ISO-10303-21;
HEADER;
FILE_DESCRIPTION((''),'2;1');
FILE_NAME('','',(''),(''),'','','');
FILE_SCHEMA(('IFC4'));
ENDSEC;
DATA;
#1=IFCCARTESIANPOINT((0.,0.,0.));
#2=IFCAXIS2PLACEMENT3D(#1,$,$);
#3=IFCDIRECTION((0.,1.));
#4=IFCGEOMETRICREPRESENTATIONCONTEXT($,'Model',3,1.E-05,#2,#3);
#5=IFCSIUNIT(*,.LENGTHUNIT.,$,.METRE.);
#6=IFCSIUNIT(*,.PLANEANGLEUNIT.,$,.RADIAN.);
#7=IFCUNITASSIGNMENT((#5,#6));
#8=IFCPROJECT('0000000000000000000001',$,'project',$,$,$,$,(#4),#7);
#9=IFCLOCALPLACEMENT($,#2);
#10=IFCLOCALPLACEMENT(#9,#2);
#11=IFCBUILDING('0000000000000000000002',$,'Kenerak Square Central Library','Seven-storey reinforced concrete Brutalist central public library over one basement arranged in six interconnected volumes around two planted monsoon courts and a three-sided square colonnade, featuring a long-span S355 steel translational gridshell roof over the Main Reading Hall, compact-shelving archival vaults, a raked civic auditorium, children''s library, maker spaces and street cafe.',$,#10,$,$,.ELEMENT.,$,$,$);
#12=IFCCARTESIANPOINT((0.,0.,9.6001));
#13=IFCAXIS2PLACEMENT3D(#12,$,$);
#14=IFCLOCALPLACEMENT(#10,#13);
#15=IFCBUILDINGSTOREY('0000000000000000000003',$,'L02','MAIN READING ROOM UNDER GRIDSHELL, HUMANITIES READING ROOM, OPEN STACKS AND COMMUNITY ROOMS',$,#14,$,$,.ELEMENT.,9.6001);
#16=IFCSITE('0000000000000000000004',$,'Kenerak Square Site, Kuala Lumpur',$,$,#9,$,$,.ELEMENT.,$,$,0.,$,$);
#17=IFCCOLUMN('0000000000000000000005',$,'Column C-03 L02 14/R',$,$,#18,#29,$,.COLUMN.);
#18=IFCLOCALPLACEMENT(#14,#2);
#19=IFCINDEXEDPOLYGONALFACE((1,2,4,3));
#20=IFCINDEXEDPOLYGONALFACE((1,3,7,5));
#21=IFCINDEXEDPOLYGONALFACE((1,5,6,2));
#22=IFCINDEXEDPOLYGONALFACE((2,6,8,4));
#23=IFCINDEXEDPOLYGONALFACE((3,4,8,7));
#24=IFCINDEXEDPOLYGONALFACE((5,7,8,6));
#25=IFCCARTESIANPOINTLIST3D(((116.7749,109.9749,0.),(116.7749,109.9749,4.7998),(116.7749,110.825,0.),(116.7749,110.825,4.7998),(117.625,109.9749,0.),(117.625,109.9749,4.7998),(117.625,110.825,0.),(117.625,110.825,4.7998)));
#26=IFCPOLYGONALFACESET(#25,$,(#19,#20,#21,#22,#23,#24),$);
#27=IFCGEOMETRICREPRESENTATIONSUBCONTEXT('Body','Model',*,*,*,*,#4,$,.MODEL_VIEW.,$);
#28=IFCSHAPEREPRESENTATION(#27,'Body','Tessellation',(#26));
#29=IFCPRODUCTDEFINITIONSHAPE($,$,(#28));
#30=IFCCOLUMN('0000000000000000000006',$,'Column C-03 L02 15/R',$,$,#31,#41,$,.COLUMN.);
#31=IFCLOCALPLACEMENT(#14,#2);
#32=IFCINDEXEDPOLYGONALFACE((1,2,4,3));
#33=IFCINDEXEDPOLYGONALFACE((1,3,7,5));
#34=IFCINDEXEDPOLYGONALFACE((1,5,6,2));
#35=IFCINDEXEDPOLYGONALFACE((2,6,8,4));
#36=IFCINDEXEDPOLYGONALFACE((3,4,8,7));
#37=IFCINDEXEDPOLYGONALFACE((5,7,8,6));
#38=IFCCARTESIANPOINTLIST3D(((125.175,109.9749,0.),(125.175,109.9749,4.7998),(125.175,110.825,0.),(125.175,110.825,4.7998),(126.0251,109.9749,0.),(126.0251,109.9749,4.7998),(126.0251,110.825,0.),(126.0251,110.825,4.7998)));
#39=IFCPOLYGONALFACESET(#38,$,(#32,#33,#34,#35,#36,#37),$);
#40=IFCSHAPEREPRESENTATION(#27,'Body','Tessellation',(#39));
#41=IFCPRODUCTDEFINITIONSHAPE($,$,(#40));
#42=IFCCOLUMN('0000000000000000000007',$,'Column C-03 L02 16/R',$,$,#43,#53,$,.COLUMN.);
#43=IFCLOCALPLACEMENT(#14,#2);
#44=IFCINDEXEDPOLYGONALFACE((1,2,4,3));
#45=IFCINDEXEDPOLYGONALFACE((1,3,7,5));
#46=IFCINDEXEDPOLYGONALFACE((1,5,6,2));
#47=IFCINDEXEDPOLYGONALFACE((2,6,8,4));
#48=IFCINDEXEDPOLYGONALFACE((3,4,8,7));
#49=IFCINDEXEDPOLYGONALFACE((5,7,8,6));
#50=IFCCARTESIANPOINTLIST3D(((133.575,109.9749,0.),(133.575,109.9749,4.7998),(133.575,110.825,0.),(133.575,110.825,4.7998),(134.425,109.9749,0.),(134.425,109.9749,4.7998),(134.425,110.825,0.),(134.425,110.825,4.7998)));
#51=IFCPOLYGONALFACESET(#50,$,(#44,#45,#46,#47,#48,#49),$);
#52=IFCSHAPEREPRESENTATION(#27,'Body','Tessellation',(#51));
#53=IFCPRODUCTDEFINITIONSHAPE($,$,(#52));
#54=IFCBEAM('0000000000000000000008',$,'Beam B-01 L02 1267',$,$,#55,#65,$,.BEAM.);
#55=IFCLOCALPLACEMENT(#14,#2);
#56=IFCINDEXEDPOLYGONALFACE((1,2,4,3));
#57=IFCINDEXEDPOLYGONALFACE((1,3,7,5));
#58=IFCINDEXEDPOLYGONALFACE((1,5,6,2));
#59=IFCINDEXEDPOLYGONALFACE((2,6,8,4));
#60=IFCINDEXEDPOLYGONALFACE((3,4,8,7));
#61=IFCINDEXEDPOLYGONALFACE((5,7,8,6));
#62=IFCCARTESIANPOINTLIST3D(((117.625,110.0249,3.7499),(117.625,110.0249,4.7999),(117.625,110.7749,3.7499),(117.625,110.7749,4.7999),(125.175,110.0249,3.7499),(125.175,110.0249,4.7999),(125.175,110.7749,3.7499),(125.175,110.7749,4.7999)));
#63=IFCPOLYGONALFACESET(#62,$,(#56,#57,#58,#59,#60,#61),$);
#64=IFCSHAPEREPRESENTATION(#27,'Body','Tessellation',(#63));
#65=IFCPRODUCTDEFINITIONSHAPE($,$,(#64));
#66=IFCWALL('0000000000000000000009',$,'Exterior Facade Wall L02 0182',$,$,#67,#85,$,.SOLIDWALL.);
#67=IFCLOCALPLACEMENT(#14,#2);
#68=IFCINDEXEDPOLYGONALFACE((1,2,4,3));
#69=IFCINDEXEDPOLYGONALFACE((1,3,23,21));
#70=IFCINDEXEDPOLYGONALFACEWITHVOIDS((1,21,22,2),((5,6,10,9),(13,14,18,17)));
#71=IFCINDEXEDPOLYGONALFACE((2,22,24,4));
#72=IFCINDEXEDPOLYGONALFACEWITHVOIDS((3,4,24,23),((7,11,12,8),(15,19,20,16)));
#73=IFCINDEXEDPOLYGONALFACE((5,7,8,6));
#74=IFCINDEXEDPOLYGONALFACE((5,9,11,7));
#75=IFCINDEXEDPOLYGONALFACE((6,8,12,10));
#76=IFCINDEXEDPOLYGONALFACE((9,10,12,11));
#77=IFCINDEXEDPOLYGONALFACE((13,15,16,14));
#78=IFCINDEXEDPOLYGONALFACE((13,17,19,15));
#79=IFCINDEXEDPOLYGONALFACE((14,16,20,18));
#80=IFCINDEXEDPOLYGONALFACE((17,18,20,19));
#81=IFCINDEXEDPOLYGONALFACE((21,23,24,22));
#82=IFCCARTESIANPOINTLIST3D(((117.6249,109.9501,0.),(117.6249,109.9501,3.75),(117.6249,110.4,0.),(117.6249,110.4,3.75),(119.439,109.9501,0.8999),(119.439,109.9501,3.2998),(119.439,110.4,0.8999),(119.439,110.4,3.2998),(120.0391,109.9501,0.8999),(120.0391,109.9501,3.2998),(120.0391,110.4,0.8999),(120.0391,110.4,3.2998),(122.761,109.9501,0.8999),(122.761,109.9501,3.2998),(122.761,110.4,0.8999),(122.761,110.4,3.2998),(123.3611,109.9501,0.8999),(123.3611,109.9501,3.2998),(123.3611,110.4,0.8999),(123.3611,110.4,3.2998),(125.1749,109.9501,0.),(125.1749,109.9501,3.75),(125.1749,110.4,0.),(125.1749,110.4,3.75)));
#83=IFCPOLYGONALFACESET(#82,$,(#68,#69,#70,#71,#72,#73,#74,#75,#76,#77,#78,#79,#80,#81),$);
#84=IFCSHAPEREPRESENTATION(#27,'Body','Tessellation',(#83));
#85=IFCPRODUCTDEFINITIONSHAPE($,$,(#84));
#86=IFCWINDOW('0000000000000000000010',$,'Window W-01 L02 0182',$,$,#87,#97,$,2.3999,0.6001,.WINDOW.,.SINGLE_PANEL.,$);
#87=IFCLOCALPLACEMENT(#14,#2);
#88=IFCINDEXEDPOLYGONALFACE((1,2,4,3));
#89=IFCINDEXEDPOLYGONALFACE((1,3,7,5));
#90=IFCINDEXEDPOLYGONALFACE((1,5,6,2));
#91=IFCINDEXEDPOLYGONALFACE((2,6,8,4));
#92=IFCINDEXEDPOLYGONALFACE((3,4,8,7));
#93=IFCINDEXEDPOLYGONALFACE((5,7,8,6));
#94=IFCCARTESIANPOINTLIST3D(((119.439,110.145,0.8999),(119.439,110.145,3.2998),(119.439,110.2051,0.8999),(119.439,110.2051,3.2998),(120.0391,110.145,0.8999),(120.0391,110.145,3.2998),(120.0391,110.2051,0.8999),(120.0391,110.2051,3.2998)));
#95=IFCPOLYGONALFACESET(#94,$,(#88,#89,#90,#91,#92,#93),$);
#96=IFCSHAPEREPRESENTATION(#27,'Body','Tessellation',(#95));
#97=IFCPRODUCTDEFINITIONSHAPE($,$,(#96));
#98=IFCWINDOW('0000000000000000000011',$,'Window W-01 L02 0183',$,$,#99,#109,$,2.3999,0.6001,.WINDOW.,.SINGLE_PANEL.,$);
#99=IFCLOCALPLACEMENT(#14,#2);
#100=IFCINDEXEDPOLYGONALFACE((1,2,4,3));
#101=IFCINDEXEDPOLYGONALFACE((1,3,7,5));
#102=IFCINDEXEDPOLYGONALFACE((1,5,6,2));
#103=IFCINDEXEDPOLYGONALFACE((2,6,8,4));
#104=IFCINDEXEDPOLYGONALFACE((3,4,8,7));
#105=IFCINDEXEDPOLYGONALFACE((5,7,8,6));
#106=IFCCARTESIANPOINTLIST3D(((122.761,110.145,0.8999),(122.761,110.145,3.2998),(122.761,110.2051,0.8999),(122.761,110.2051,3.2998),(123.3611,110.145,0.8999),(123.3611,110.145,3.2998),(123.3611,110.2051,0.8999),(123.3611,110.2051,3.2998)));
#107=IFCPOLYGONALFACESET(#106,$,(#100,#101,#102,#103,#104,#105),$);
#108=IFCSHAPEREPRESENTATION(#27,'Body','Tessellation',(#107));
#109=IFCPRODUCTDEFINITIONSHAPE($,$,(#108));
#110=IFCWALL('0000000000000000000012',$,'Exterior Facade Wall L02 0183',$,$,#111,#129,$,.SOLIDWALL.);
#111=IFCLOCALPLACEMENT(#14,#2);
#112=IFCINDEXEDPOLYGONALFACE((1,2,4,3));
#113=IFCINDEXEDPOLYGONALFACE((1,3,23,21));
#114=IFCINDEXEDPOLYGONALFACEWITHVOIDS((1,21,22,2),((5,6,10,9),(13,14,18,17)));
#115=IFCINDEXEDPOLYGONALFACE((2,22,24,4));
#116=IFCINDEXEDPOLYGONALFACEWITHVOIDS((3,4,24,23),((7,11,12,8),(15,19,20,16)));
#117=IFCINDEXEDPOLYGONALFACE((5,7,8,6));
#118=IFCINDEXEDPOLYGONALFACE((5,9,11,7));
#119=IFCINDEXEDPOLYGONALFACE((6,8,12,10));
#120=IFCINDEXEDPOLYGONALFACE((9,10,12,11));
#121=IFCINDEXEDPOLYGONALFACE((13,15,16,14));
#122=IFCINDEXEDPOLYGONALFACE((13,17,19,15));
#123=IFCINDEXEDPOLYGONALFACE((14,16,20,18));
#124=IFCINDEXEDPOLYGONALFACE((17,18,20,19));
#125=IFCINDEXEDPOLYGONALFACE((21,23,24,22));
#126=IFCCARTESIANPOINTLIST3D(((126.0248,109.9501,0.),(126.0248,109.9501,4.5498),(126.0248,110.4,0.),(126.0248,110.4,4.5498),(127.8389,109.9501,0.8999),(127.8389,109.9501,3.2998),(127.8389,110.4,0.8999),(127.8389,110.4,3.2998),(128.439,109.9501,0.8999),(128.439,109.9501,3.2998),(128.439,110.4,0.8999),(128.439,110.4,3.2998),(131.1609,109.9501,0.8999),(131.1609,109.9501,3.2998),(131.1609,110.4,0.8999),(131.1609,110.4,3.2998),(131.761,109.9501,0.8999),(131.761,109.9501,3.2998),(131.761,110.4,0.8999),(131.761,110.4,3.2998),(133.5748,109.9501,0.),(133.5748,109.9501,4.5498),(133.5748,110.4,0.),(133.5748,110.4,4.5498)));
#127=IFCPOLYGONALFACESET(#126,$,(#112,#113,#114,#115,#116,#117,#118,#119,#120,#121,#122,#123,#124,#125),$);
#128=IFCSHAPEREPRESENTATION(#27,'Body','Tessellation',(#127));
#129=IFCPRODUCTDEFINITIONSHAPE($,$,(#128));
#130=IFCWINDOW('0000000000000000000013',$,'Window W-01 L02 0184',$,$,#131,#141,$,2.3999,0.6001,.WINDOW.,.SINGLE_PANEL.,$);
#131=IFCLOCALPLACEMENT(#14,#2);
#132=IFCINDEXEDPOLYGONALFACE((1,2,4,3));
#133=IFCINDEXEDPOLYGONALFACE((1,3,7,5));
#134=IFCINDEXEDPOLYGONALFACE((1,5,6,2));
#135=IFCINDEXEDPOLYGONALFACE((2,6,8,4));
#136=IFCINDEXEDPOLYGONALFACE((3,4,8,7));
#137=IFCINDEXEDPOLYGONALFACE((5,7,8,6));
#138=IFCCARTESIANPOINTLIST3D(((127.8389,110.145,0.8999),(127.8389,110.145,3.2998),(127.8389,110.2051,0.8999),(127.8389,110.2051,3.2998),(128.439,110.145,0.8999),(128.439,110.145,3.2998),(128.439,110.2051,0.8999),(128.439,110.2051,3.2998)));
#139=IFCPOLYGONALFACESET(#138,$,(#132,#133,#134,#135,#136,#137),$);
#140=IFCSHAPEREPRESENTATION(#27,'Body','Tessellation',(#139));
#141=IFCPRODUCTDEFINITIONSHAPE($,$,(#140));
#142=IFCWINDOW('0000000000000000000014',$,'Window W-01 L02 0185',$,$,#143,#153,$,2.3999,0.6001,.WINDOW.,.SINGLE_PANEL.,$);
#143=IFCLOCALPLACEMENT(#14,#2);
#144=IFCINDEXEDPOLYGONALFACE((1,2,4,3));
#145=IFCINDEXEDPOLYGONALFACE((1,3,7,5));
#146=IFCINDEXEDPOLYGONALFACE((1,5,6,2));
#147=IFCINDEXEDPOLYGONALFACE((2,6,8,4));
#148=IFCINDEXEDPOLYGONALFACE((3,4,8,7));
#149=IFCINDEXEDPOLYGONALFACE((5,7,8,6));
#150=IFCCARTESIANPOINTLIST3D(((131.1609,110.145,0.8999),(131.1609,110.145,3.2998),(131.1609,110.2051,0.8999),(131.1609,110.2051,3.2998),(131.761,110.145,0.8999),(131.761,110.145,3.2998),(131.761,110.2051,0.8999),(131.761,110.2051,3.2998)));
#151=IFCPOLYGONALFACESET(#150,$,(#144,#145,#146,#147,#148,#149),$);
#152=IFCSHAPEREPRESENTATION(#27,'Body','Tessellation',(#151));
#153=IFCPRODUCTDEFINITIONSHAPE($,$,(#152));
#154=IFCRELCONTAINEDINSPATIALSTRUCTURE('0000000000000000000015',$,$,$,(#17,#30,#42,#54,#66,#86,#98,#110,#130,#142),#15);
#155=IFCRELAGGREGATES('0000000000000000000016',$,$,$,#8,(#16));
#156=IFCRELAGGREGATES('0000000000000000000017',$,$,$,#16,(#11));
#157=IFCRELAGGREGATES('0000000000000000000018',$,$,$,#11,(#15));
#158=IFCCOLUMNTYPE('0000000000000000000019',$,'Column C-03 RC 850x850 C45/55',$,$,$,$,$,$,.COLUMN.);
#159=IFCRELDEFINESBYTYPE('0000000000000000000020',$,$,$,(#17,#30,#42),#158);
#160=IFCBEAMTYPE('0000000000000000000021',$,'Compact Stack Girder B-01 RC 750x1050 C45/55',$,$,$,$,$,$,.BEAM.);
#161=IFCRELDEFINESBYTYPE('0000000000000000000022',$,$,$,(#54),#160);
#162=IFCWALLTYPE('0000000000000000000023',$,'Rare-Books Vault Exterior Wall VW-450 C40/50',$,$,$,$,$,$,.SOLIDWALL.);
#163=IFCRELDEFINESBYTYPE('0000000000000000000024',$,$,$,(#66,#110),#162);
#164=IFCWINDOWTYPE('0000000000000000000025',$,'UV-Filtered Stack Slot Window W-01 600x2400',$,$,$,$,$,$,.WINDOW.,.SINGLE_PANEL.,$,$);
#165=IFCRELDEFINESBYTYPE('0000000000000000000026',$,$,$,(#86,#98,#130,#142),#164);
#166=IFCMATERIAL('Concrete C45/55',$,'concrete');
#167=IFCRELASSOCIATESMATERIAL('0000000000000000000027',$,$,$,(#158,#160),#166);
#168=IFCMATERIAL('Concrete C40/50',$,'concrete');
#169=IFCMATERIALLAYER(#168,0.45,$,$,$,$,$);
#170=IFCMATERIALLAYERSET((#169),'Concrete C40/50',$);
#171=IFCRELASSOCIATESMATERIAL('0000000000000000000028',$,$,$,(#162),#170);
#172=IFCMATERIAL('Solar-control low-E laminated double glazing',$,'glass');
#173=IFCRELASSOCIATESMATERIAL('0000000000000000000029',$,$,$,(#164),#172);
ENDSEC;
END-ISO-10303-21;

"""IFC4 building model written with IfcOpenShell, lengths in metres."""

from ifc_helpers import new_model, si_unit, direction, frame, frame_2d, origin, origin_2d, place, context, subcontext, project, spatial, rectangle, extrude, material, layer, layer_set, material_profile, profile_set, type_object, element, fill, save


model = new_model("IFC4")

# Units and contexts
model_context = context("Model", 3, precision=1e-05, world=origin(), true_north=direction((0.0, 1.0)))
body_context = subcontext(model_context, "Body", "Model", "MODEL_VIEW")
ifc_project = project(units=[si_unit("LENGTHUNIT", "METRE"), si_unit("PLANEANGLEUNIT", "RADIAN")], contexts=[model_context])

# Site, building, storey
site_placement = place(None, origin())
site = spatial("IfcSite", under=ifc_project, at=site_placement, Name="Kenerak Square Site, Kuala Lumpur", CompositionType="ELEMENT", RefElevation=0.0)
building_placement = place(site_placement, origin())
building = spatial("IfcBuilding", under=site, at=building_placement, Name="Kenerak Square Central Library", Description="Seven-storey reinforced concrete Brutalist central public library over one basement arranged in six interconnected volumes around two planted monsoon courts and a three-sided square colonnade, featuring a long-span S355 steel translational gridshell roof over the Main Reading Hall, compact-shelving archival vaults, a raked civic auditorium, children's library, maker spaces and street cafe.", CompositionType="ELEMENT")
storey_placement = place(building_placement, frame((0.0, 0.0, 9.6001)))
storey = spatial("IfcBuildingStorey", under=building, at=storey_placement, Name="L02", Description="MAIN READING ROOM UNDER GRIDSHELL, HUMANITIES READING ROOM, OPEN STACKS AND COMMUNITY ROOMS", CompositionType="ELEMENT", Elevation=9.6001)

# Columns
ifc_material_1 = material(Name="Concrete C45/55", Category="concrete")
ifc_material_profile_1 = material_profile(ifc_material_1, rectangle(XDim=0.8501, YDim=0.8501, at=origin_2d()), Name="RC 850x850")
ifc_profile_set_1 = profile_set([ifc_material_profile_1], Name="Concrete C45/55")
column_type = type_object("IfcColumnType", Name="Column C-03 RC 850x850 C45/55", PredefinedType="COLUMN", material=ifc_profile_set_1)
for number, where, z_axis, x_axis, name in (
    (1, (117.2, 110.3999, 0.0), (0.0, 0.0, 1.0), (1.0, 0.0, 0.0), "Column C-03 L02 14/R"),
    (2, (125.6001, 110.3999, 0.0), (0.0, 0.0, 1.0), (1.0, 0.0, 0.0), "Column C-03 L02 15/R"),
    (3, (134.0, 110.3999, 0.0), (0.0, 0.0, 1.0), (1.0, 0.0, 0.0), "Column C-03 L02 16/R"),
):
    element("IfcColumn", number, at=place(storey_placement, frame(where, z_axis=z_axis, x_axis=x_axis)), inside=storey, type_object=column_type, Name=name, PredefinedType="COLUMN", context=body_context, shape_type="SweptSolid", body=[
        extrude(rectangle(XDim=0.8501, YDim=0.8501, at=origin_2d()), origin(), (0.0, 0.0, 1.0), 4.7998),
    ])

# Beam
ifc_material_profile_2 = material_profile(ifc_material_1, rectangle(XDim=0.75, YDim=1.05, at=origin_2d()), Name="RC 750x1050")
ifc_profile_set_2 = profile_set([ifc_material_profile_2], Name="Concrete C45/55")
beam_type = type_object("IfcBeamType", Name="Compact Stack Girder B-01 RC 750x1050 C45/55", PredefinedType="BEAM", material=ifc_profile_set_2)
beam_placement = place(storey_placement, frame((117.625, 110.3999, 4.2749), z_axis=(1.0, 0.0, 0.0), x_axis=(0.0, 1.0, 0.0)))
element("IfcBeam", 4, at=beam_placement, inside=storey, type_object=beam_type, Name="Beam B-01 L02 1267", PredefinedType="BEAM", context=body_context, shape_type="SweptSolid", body=[
    extrude(rectangle(XDim=0.75, YDim=1.05, at=origin_2d()), origin(), (0.0, 0.0, 1.0), 7.55),
])

# Walls, openings, windows
ifc_material_2 = material(Name="Concrete C40/50", Category="concrete")
ifc_layer = layer(ifc_material_2, 0.45)
ifc_layer_set = layer_set([ifc_layer], Name="Concrete C40/50")
wall_type = type_object("IfcWallType", Name="Rare-Books Vault Exterior Wall VW-450 C40/50", PredefinedType="SOLIDWALL", material=ifc_layer_set)
wall_1_placement = place(storey_placement, frame((117.625, 110.175, 0.0), z_axis=(0.0, 0.0, 1.0), x_axis=(1.0, 0.0, 0.0)))
wall_1 = element("IfcWall", 5, at=wall_1_placement, inside=storey, type_object=wall_type, Name="Exterior Facade Wall L02 0182", PredefinedType="SOLIDWALL", context=body_context, shape_type="SweptSolid", body=[
    extrude(rectangle(XDim=7.55, YDim=0.45, at=frame_2d((3.7749, 0.0))), origin(), (0.0, 0.0, 1.0), 3.75),
])
opening_1_placement = place(wall_1_placement, frame((1.814, 0.0, 0.8999)))
opening_1 = element("IfcOpeningElement", 6, at=opening_1_placement, cuts=wall_1, PredefinedType="OPENING", context=body_context, shape_type="SweptSolid", body=[
    extrude(rectangle(XDim=0.6001, YDim=2.3999, at=frame_2d((0.3, 1.2))), frame((0.0, 0.2349, 0.0), z_axis=(0.0, -1.0, 0.0), x_axis=(1.0, 0.0, 0.0)), (0.0, 0.0, 1.0), 0.47),
])
opening_2_placement = place(wall_1_placement, frame((5.136, 0.0, 0.8999)))
opening_2 = element("IfcOpeningElement", 7, at=opening_2_placement, cuts=wall_1, PredefinedType="OPENING", context=body_context, shape_type="SweptSolid", body=[
    extrude(rectangle(XDim=0.6001, YDim=2.3999, at=frame_2d((0.3, 1.2))), frame((0.0, 0.2349, 0.0), z_axis=(0.0, -1.0, 0.0), x_axis=(1.0, 0.0, 0.0)), (0.0, 0.0, 1.0), 0.47),
])
ifc_material_3 = material(Name="Solar-control low-E laminated double glazing", Category="glass")
window_type = type_object("IfcWindowType", Name="UV-Filtered Stack Slot Window W-01 600x2400", PartitioningType="SINGLE_PANEL", PredefinedType="WINDOW", material=ifc_material_3)
window_1_placement = place(opening_1_placement, origin())
window_1 = element("IfcWindow", 8, at=window_1_placement, inside=storey, type_object=window_type, Name="Window W-01 L02 0182", OverallHeight=2.3999, OverallWidth=0.6001, PartitioningType="SINGLE_PANEL", PredefinedType="WINDOW", context=body_context, shape_type="SweptSolid", body=[
    extrude(rectangle(XDim=0.6001, YDim=2.3999, at=frame_2d((0.3, 1.2))), frame((0.0, 0.03, 0.0), z_axis=(0.0, -1.0, 0.0), x_axis=(1.0, 0.0, 0.0)), (0.0, 0.0, 1.0), 0.0601),
])
fill(opening_1, window_1)
window_2_placement = place(opening_2_placement, origin())
window_2 = element("IfcWindow", 9, at=window_2_placement, inside=storey, type_object=window_type, Name="Window W-01 L02 0183", OverallHeight=2.3999, OverallWidth=0.6001, PartitioningType="SINGLE_PANEL", PredefinedType="WINDOW", context=body_context, shape_type="SweptSolid", body=[
    extrude(rectangle(XDim=0.6001, YDim=2.3999, at=frame_2d((0.3, 1.2))), frame((0.0, 0.03, 0.0), z_axis=(0.0, -1.0, 0.0), x_axis=(1.0, 0.0, 0.0)), (0.0, 0.0, 1.0), 0.0601),
])
fill(opening_2, window_2)
wall_2_placement = place(storey_placement, frame((126.0249, 110.175, 0.0), z_axis=(0.0, 0.0, 1.0), x_axis=(1.0, 0.0, 0.0)))
wall_2 = element("IfcWall", 10, at=wall_2_placement, inside=storey, type_object=wall_type, Name="Exterior Facade Wall L02 0183", PredefinedType="SOLIDWALL", context=body_context, shape_type="SweptSolid", body=[
    extrude(rectangle(XDim=7.55, YDim=0.45, at=frame_2d((3.7749, 0.0))), origin(), (0.0, 0.0, 1.0), 4.5498),
])
opening_3_placement = place(wall_2_placement, frame((1.814, 0.0, 0.8999)))
opening_3 = element("IfcOpeningElement", 11, at=opening_3_placement, cuts=wall_2, PredefinedType="OPENING", context=body_context, shape_type="SweptSolid", body=[
    extrude(rectangle(XDim=0.6001, YDim=2.3999, at=frame_2d((0.3, 1.2))), frame((0.0, 0.2349, 0.0), z_axis=(0.0, -1.0, 0.0), x_axis=(1.0, 0.0, 0.0)), (0.0, 0.0, 1.0), 0.47),
])
opening_4_placement = place(wall_2_placement, frame((5.136, 0.0, 0.8999)))
opening_4 = element("IfcOpeningElement", 12, at=opening_4_placement, cuts=wall_2, PredefinedType="OPENING", context=body_context, shape_type="SweptSolid", body=[
    extrude(rectangle(XDim=0.6001, YDim=2.3999, at=frame_2d((0.3, 1.2))), frame((0.0, 0.2349, 0.0), z_axis=(0.0, -1.0, 0.0), x_axis=(1.0, 0.0, 0.0)), (0.0, 0.0, 1.0), 0.47),
])
window_3_placement = place(opening_3_placement, origin())
window_3 = element("IfcWindow", 13, at=window_3_placement, inside=storey, type_object=window_type, Name="Window W-01 L02 0184", OverallHeight=2.3999, OverallWidth=0.6001, PartitioningType="SINGLE_PANEL", PredefinedType="WINDOW", context=body_context, shape_type="SweptSolid", body=[
    extrude(rectangle(XDim=0.6001, YDim=2.3999, at=frame_2d((0.3, 1.2))), frame((0.0, 0.03, 0.0), z_axis=(0.0, -1.0, 0.0), x_axis=(1.0, 0.0, 0.0)), (0.0, 0.0, 1.0), 0.0601),
])
fill(opening_3, window_3)
window_4_placement = place(opening_4_placement, origin())
window_4 = element("IfcWindow", 14, at=window_4_placement, inside=storey, type_object=window_type, Name="Window W-01 L02 0185", OverallHeight=2.3999, OverallWidth=0.6001, PartitioningType="SINGLE_PANEL", PredefinedType="WINDOW", context=body_context, shape_type="SweptSolid", body=[
    extrude(rectangle(XDim=0.6001, YDim=2.3999, at=frame_2d((0.3, 1.2))), frame((0.0, 0.03, 0.0), z_axis=(0.0, -1.0, 0.0), x_axis=(1.0, 0.0, 0.0)), (0.0, 0.0, 1.0), 0.0601),
])
fill(opening_4, window_4)

save(model, "model.ifc")
